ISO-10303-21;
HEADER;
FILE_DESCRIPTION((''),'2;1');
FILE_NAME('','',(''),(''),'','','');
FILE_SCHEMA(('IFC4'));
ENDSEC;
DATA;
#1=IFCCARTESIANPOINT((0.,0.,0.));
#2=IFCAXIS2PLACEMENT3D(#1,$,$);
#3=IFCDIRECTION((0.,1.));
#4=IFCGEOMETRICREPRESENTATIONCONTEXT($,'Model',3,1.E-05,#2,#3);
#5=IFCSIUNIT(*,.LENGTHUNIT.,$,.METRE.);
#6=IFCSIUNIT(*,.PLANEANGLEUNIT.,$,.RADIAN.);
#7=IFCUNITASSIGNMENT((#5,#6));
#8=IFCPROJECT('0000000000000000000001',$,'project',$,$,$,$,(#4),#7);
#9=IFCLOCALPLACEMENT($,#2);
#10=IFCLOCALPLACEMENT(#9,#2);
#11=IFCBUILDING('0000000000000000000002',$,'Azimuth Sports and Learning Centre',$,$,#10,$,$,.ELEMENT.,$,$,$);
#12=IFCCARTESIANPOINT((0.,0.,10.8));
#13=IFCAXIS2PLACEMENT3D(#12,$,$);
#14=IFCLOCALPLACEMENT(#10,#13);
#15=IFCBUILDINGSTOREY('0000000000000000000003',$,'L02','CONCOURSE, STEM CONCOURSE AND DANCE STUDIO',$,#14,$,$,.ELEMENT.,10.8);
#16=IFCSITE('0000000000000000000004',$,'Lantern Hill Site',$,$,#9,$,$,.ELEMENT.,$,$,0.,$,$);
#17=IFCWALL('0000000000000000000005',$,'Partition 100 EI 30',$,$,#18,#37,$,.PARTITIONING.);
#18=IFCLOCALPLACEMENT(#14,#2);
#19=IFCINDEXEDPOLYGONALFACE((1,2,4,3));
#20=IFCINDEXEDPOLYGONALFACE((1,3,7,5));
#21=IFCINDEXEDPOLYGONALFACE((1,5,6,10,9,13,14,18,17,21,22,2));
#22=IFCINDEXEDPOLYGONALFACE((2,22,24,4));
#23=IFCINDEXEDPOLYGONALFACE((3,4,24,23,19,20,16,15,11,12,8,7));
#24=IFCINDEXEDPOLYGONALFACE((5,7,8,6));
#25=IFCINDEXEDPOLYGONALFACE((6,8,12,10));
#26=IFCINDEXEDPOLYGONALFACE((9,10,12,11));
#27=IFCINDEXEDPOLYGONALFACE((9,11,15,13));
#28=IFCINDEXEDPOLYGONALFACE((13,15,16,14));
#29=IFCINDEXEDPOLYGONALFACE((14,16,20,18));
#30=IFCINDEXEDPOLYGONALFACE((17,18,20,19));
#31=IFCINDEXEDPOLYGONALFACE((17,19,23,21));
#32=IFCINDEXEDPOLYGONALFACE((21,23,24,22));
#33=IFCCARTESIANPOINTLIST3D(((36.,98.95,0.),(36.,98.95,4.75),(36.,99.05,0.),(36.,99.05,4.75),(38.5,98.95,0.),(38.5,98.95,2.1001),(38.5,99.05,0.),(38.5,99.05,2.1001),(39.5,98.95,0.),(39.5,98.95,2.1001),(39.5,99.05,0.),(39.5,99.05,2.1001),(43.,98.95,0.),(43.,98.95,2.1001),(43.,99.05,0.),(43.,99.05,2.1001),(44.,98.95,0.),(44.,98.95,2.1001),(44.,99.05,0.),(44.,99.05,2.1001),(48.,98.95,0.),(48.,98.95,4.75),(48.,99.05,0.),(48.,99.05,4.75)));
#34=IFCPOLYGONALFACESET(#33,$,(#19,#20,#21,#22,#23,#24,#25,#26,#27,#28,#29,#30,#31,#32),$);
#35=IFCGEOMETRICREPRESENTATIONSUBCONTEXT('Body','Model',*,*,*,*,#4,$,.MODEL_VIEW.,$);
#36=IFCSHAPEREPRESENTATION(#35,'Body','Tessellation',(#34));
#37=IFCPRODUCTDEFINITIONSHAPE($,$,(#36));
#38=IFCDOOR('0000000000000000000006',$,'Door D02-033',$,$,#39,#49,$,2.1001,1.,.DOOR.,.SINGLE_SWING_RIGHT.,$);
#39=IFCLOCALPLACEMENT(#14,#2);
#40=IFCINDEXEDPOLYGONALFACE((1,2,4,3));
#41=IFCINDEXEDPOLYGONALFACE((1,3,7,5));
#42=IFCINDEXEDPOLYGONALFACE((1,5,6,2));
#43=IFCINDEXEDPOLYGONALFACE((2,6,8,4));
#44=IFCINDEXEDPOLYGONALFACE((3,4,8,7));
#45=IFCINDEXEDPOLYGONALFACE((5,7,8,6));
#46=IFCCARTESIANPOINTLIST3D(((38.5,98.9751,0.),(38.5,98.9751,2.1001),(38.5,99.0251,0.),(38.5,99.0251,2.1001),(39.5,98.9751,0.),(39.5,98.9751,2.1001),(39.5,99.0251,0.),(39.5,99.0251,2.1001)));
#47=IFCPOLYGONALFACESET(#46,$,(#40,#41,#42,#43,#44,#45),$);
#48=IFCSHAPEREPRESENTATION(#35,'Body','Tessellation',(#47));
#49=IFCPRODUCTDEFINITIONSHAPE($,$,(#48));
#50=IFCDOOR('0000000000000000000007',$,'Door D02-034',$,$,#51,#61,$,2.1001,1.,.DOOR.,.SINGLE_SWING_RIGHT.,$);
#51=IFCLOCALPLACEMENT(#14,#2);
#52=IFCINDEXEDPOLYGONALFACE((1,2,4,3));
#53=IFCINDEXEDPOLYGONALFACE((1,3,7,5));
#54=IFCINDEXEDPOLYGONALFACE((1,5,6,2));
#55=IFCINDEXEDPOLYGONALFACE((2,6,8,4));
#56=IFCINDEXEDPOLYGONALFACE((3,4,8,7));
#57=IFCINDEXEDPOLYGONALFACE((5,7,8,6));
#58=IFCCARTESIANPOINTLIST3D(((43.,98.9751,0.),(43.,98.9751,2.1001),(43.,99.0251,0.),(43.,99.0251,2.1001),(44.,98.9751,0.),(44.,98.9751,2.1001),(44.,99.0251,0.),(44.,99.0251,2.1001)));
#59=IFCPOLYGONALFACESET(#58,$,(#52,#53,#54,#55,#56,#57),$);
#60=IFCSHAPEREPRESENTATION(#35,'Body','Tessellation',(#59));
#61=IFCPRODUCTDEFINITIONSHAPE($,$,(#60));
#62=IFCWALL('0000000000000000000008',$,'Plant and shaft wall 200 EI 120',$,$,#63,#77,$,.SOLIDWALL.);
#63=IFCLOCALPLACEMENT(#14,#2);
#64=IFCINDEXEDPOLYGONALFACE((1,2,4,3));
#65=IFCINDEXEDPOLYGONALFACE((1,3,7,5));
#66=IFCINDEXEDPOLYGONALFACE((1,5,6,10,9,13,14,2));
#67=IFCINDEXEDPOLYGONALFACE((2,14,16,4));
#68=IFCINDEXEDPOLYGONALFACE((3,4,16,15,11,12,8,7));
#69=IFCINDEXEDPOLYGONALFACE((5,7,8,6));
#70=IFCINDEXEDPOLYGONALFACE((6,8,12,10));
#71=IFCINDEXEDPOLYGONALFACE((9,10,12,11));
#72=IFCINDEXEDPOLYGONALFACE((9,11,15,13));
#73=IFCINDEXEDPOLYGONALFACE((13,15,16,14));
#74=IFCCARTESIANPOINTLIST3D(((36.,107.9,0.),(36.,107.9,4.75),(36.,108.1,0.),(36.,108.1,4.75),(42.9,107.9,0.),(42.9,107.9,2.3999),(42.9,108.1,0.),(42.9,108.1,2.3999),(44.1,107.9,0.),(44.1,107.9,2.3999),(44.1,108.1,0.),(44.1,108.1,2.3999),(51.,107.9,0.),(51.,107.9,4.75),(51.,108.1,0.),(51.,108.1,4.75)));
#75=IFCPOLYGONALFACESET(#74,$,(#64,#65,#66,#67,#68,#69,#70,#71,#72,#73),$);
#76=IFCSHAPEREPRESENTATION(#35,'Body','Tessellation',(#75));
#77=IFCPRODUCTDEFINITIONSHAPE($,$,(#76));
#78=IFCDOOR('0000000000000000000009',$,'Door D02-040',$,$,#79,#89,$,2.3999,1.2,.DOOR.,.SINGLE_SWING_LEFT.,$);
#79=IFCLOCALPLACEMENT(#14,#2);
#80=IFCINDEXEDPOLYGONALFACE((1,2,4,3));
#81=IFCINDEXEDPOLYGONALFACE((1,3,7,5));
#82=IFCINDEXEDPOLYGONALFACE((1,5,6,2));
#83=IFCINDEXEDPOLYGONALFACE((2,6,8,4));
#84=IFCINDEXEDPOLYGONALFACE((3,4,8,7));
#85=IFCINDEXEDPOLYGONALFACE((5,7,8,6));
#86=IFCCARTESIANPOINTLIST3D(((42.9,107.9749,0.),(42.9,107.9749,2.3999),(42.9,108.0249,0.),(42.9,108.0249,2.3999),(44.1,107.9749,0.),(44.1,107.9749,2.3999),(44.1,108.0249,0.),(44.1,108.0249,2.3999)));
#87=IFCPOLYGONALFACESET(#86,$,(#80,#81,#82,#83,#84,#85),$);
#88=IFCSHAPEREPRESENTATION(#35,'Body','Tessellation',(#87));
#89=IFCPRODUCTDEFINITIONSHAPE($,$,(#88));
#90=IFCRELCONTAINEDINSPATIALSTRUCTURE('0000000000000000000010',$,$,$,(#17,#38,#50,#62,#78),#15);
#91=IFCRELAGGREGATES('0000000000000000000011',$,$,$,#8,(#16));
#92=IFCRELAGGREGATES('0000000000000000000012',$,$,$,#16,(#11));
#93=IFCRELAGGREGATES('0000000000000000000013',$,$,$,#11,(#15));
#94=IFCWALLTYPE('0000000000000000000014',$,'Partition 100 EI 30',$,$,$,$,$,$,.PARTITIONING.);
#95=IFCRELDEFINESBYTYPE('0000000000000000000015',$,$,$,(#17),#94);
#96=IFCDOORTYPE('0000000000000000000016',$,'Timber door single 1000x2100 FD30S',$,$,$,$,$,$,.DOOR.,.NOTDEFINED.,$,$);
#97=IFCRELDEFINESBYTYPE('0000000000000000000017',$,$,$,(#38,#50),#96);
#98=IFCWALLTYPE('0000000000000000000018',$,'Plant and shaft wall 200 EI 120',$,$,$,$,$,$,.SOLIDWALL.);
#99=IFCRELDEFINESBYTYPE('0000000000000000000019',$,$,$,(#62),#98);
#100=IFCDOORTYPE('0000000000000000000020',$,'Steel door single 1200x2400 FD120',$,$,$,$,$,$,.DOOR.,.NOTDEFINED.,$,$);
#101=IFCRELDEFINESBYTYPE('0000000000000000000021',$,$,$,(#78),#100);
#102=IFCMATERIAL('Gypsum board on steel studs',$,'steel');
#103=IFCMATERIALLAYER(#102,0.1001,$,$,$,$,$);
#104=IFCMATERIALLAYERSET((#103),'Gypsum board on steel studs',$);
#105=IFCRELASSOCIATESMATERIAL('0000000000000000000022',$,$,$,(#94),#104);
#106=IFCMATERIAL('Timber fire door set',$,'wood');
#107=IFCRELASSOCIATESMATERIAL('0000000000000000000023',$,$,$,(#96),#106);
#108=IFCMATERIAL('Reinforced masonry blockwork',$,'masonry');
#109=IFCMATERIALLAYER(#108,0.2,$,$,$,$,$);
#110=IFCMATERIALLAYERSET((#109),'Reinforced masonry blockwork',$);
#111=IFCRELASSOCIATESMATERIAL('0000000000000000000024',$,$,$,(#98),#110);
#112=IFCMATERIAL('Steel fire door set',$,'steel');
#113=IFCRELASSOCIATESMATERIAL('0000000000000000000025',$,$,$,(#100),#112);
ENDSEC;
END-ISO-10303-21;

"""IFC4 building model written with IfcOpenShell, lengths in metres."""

from ifc_helpers import new_model, si_unit, direction, frame, frame_2d, origin, place, context, subcontext, project, spatial, rectangle, extrude, material, layer, layer_set, type_object, element, fill, save


model = new_model("IFC4")

# Units and contexts
model_context = context("Model", 3, precision=1e-05, world=origin(), true_north=direction((0.0, 1.0)))
body_context = subcontext(model_context, "Body", "Model", "MODEL_VIEW")
ifc_project = project(units=[si_unit("LENGTHUNIT", "METRE"), si_unit("PLANEANGLEUNIT", "RADIAN")], contexts=[model_context])

# Site, building, storey
site_placement = place(None, origin())
site = spatial("IfcSite", under=ifc_project, at=site_placement, Name="Lantern Hill Site", CompositionType="ELEMENT", RefElevation=0.0)
building_placement = place(site_placement, origin())
building = spatial("IfcBuilding", under=site, at=building_placement, Name="Azimuth Sports and Learning Centre", CompositionType="ELEMENT")
storey_placement = place(building_placement, frame((0.0, 0.0, 10.8)))
storey = spatial("IfcBuildingStorey", under=building, at=storey_placement, Name="L02", Description="CONCOURSE, STEM CONCOURSE AND DANCE STUDIO", CompositionType="ELEMENT", Elevation=10.8)

# Wall, openings, doors
ifc_material_1 = material(Name="Gypsum board on steel studs", Category="steel")
ifc_layer_1 = layer(ifc_material_1, 0.1001)
ifc_layer_set_1 = layer_set([ifc_layer_1], Name="Gypsum board on steel studs")
wall_type_1 = type_object("IfcWallType", Name="Partition 100 EI 30", PredefinedType="PARTITIONING", material=ifc_layer_set_1)
wall_1_placement = place(storey_placement, frame((36.0, 99.0, 0.0), z_axis=(0.0, 0.0, 1.0), x_axis=(1.0, 0.0, 0.0)))
wall_1 = element("IfcWall", 1, at=wall_1_placement, inside=storey, type_object=wall_type_1, Name="Partition 100 EI 30", PredefinedType="PARTITIONING", context=body_context, shape_type="SweptSolid", body=[
    extrude(rectangle(XDim=12.0, YDim=0.1001, at=frame_2d((6.0, 0.0))), origin(), (0.0, 0.0, 1.0), 4.75),
])
opening_1_placement = place(wall_1_placement, frame((2.5, 0.0, 0.0)))
opening_1 = element("IfcOpeningElement", 2, at=opening_1_placement, cuts=wall_1, PredefinedType="OPENING", context=body_context, shape_type="SweptSolid", body=[
    extrude(rectangle(XDim=1.0, YDim=2.1001, at=frame_2d((0.5, 1.05))), frame((0.0, 0.061, 0.0), z_axis=(0.0, -1.0, 0.0), x_axis=(1.0, 0.0, 0.0)), (0.0, 0.0, 1.0), 0.1221),
])
opening_2_placement = place(wall_1_placement, frame((7.0, 0.0, 0.0)))
opening_2 = element("IfcOpeningElement", 3, at=opening_2_placement, cuts=wall_1, PredefinedType="OPENING", context=body_context, shape_type="SweptSolid", body=[
    extrude(rectangle(XDim=1.0, YDim=2.1001, at=frame_2d((0.5, 1.05))), frame((0.0, 0.061, 0.0), z_axis=(0.0, -1.0, 0.0), x_axis=(1.0, 0.0, 0.0)), (0.0, 0.0, 1.0), 0.1221),
])
ifc_material_2 = material(Name="Timber fire door set", Category="wood")
door_type_1 = type_object("IfcDoorType", Name="Timber door single 1000x2100 FD30S", OperationType="NOTDEFINED", PredefinedType="DOOR", material=ifc_material_2)
door_1_placement = place(opening_1_placement, frame((1.0, 0.0, 0.0), z_axis=(0.0, 0.0, 1.0), x_axis=(-1.0, 0.0, 0.0)))
door_1 = element("IfcDoor", 4, at=door_1_placement, inside=storey, type_object=door_type_1, Name="Door D02-033", OperationType="SINGLE_SWING_RIGHT", OverallHeight=2.1001, OverallWidth=1.0, PredefinedType="DOOR", context=body_context, shape_type="SweptSolid", body=[
    extrude(rectangle(XDim=1.0, YDim=2.1001, at=frame_2d((0.5, 1.05))), frame((0.0, 0.0249, 0.0), z_axis=(0.0, -1.0, 0.0), x_axis=(1.0, 0.0, 0.0)), (0.0, 0.0, 1.0), 0.05),
])
fill(opening_1, door_1)
door_2_placement = place(opening_2_placement, frame((1.0, 0.0, 0.0), z_axis=(0.0, 0.0, 1.0), x_axis=(-1.0, 0.0, 0.0)))
door_2 = element("IfcDoor", 5, at=door_2_placement, inside=storey, type_object=door_type_1, Name="Door D02-034", OperationType="SINGLE_SWING_RIGHT", OverallHeight=2.1001, OverallWidth=1.0, PredefinedType="DOOR", context=body_context, shape_type="SweptSolid", body=[
    extrude(rectangle(XDim=1.0, YDim=2.1001, at=frame_2d((0.5, 1.05))), frame((0.0, 0.0249, 0.0), z_axis=(0.0, -1.0, 0.0), x_axis=(1.0, 0.0, 0.0)), (0.0, 0.0, 1.0), 0.05),
])
fill(opening_2, door_2)

# Wall, opening, door
ifc_material_3 = material(Name="Reinforced masonry blockwork", Category="masonry")
ifc_layer_2 = layer(ifc_material_3, 0.2)
ifc_layer_set_2 = layer_set([ifc_layer_2], Name="Reinforced masonry blockwork")
wall_type_2 = type_object("IfcWallType", Name="Plant and shaft wall 200 EI 120", PredefinedType="SOLIDWALL", material=ifc_layer_set_2)
wall_2_placement = place(storey_placement, frame((36.0, 108.0, 0.0), z_axis=(0.0, 0.0, 1.0), x_axis=(1.0, 0.0, 0.0)))
wall_2 = element("IfcWall", 6, at=wall_2_placement, inside=storey, type_object=wall_type_2, Name="Plant and shaft wall 200 EI 120", PredefinedType="SOLIDWALL", context=body_context, shape_type="SweptSolid", body=[
    extrude(rectangle(XDim=15.0, YDim=0.2, at=frame_2d((7.5, 0.0))), origin(), (0.0, 0.0, 1.0), 4.75),
])
opening_3_placement = place(wall_2_placement, frame((6.8999, 0.0, 0.0)))
opening_3 = element("IfcOpeningElement", 7, at=opening_3_placement, cuts=wall_2, PredefinedType="OPENING", context=body_context, shape_type="SweptSolid", body=[
    extrude(rectangle(XDim=1.2, YDim=2.3999, at=frame_2d((0.6001, 1.2))), frame((0.0, 0.1108, 0.0), z_axis=(0.0, -1.0, 0.0), x_axis=(1.0, 0.0, 0.0)), (0.0, 0.0, 1.0), 0.2219),
])
ifc_material_4 = material(Name="Steel fire door set", Category="steel")
door_type_2 = type_object("IfcDoorType", Name="Steel door single 1200x2400 FD120", OperationType="NOTDEFINED", PredefinedType="DOOR", material=ifc_material_4)
door_3_placement = place(opening_3_placement, origin())
door_3 = element("IfcDoor", 8, at=door_3_placement, inside=storey, type_object=door_type_2, Name="Door D02-040", OperationType="SINGLE_SWING_LEFT", OverallHeight=2.3999, OverallWidth=1.2, PredefinedType="DOOR", context=body_context, shape_type="SweptSolid", body=[
    extrude(rectangle(XDim=1.2, YDim=2.3999, at=frame_2d((0.6001, 1.2))), frame((0.0, 0.0249, 0.0), z_axis=(0.0, -1.0, 0.0), x_axis=(1.0, 0.0, 0.0)), (0.0, 0.0, 1.0), 0.05),
])
fill(opening_3, door_3)

save(model, "model.ifc")
